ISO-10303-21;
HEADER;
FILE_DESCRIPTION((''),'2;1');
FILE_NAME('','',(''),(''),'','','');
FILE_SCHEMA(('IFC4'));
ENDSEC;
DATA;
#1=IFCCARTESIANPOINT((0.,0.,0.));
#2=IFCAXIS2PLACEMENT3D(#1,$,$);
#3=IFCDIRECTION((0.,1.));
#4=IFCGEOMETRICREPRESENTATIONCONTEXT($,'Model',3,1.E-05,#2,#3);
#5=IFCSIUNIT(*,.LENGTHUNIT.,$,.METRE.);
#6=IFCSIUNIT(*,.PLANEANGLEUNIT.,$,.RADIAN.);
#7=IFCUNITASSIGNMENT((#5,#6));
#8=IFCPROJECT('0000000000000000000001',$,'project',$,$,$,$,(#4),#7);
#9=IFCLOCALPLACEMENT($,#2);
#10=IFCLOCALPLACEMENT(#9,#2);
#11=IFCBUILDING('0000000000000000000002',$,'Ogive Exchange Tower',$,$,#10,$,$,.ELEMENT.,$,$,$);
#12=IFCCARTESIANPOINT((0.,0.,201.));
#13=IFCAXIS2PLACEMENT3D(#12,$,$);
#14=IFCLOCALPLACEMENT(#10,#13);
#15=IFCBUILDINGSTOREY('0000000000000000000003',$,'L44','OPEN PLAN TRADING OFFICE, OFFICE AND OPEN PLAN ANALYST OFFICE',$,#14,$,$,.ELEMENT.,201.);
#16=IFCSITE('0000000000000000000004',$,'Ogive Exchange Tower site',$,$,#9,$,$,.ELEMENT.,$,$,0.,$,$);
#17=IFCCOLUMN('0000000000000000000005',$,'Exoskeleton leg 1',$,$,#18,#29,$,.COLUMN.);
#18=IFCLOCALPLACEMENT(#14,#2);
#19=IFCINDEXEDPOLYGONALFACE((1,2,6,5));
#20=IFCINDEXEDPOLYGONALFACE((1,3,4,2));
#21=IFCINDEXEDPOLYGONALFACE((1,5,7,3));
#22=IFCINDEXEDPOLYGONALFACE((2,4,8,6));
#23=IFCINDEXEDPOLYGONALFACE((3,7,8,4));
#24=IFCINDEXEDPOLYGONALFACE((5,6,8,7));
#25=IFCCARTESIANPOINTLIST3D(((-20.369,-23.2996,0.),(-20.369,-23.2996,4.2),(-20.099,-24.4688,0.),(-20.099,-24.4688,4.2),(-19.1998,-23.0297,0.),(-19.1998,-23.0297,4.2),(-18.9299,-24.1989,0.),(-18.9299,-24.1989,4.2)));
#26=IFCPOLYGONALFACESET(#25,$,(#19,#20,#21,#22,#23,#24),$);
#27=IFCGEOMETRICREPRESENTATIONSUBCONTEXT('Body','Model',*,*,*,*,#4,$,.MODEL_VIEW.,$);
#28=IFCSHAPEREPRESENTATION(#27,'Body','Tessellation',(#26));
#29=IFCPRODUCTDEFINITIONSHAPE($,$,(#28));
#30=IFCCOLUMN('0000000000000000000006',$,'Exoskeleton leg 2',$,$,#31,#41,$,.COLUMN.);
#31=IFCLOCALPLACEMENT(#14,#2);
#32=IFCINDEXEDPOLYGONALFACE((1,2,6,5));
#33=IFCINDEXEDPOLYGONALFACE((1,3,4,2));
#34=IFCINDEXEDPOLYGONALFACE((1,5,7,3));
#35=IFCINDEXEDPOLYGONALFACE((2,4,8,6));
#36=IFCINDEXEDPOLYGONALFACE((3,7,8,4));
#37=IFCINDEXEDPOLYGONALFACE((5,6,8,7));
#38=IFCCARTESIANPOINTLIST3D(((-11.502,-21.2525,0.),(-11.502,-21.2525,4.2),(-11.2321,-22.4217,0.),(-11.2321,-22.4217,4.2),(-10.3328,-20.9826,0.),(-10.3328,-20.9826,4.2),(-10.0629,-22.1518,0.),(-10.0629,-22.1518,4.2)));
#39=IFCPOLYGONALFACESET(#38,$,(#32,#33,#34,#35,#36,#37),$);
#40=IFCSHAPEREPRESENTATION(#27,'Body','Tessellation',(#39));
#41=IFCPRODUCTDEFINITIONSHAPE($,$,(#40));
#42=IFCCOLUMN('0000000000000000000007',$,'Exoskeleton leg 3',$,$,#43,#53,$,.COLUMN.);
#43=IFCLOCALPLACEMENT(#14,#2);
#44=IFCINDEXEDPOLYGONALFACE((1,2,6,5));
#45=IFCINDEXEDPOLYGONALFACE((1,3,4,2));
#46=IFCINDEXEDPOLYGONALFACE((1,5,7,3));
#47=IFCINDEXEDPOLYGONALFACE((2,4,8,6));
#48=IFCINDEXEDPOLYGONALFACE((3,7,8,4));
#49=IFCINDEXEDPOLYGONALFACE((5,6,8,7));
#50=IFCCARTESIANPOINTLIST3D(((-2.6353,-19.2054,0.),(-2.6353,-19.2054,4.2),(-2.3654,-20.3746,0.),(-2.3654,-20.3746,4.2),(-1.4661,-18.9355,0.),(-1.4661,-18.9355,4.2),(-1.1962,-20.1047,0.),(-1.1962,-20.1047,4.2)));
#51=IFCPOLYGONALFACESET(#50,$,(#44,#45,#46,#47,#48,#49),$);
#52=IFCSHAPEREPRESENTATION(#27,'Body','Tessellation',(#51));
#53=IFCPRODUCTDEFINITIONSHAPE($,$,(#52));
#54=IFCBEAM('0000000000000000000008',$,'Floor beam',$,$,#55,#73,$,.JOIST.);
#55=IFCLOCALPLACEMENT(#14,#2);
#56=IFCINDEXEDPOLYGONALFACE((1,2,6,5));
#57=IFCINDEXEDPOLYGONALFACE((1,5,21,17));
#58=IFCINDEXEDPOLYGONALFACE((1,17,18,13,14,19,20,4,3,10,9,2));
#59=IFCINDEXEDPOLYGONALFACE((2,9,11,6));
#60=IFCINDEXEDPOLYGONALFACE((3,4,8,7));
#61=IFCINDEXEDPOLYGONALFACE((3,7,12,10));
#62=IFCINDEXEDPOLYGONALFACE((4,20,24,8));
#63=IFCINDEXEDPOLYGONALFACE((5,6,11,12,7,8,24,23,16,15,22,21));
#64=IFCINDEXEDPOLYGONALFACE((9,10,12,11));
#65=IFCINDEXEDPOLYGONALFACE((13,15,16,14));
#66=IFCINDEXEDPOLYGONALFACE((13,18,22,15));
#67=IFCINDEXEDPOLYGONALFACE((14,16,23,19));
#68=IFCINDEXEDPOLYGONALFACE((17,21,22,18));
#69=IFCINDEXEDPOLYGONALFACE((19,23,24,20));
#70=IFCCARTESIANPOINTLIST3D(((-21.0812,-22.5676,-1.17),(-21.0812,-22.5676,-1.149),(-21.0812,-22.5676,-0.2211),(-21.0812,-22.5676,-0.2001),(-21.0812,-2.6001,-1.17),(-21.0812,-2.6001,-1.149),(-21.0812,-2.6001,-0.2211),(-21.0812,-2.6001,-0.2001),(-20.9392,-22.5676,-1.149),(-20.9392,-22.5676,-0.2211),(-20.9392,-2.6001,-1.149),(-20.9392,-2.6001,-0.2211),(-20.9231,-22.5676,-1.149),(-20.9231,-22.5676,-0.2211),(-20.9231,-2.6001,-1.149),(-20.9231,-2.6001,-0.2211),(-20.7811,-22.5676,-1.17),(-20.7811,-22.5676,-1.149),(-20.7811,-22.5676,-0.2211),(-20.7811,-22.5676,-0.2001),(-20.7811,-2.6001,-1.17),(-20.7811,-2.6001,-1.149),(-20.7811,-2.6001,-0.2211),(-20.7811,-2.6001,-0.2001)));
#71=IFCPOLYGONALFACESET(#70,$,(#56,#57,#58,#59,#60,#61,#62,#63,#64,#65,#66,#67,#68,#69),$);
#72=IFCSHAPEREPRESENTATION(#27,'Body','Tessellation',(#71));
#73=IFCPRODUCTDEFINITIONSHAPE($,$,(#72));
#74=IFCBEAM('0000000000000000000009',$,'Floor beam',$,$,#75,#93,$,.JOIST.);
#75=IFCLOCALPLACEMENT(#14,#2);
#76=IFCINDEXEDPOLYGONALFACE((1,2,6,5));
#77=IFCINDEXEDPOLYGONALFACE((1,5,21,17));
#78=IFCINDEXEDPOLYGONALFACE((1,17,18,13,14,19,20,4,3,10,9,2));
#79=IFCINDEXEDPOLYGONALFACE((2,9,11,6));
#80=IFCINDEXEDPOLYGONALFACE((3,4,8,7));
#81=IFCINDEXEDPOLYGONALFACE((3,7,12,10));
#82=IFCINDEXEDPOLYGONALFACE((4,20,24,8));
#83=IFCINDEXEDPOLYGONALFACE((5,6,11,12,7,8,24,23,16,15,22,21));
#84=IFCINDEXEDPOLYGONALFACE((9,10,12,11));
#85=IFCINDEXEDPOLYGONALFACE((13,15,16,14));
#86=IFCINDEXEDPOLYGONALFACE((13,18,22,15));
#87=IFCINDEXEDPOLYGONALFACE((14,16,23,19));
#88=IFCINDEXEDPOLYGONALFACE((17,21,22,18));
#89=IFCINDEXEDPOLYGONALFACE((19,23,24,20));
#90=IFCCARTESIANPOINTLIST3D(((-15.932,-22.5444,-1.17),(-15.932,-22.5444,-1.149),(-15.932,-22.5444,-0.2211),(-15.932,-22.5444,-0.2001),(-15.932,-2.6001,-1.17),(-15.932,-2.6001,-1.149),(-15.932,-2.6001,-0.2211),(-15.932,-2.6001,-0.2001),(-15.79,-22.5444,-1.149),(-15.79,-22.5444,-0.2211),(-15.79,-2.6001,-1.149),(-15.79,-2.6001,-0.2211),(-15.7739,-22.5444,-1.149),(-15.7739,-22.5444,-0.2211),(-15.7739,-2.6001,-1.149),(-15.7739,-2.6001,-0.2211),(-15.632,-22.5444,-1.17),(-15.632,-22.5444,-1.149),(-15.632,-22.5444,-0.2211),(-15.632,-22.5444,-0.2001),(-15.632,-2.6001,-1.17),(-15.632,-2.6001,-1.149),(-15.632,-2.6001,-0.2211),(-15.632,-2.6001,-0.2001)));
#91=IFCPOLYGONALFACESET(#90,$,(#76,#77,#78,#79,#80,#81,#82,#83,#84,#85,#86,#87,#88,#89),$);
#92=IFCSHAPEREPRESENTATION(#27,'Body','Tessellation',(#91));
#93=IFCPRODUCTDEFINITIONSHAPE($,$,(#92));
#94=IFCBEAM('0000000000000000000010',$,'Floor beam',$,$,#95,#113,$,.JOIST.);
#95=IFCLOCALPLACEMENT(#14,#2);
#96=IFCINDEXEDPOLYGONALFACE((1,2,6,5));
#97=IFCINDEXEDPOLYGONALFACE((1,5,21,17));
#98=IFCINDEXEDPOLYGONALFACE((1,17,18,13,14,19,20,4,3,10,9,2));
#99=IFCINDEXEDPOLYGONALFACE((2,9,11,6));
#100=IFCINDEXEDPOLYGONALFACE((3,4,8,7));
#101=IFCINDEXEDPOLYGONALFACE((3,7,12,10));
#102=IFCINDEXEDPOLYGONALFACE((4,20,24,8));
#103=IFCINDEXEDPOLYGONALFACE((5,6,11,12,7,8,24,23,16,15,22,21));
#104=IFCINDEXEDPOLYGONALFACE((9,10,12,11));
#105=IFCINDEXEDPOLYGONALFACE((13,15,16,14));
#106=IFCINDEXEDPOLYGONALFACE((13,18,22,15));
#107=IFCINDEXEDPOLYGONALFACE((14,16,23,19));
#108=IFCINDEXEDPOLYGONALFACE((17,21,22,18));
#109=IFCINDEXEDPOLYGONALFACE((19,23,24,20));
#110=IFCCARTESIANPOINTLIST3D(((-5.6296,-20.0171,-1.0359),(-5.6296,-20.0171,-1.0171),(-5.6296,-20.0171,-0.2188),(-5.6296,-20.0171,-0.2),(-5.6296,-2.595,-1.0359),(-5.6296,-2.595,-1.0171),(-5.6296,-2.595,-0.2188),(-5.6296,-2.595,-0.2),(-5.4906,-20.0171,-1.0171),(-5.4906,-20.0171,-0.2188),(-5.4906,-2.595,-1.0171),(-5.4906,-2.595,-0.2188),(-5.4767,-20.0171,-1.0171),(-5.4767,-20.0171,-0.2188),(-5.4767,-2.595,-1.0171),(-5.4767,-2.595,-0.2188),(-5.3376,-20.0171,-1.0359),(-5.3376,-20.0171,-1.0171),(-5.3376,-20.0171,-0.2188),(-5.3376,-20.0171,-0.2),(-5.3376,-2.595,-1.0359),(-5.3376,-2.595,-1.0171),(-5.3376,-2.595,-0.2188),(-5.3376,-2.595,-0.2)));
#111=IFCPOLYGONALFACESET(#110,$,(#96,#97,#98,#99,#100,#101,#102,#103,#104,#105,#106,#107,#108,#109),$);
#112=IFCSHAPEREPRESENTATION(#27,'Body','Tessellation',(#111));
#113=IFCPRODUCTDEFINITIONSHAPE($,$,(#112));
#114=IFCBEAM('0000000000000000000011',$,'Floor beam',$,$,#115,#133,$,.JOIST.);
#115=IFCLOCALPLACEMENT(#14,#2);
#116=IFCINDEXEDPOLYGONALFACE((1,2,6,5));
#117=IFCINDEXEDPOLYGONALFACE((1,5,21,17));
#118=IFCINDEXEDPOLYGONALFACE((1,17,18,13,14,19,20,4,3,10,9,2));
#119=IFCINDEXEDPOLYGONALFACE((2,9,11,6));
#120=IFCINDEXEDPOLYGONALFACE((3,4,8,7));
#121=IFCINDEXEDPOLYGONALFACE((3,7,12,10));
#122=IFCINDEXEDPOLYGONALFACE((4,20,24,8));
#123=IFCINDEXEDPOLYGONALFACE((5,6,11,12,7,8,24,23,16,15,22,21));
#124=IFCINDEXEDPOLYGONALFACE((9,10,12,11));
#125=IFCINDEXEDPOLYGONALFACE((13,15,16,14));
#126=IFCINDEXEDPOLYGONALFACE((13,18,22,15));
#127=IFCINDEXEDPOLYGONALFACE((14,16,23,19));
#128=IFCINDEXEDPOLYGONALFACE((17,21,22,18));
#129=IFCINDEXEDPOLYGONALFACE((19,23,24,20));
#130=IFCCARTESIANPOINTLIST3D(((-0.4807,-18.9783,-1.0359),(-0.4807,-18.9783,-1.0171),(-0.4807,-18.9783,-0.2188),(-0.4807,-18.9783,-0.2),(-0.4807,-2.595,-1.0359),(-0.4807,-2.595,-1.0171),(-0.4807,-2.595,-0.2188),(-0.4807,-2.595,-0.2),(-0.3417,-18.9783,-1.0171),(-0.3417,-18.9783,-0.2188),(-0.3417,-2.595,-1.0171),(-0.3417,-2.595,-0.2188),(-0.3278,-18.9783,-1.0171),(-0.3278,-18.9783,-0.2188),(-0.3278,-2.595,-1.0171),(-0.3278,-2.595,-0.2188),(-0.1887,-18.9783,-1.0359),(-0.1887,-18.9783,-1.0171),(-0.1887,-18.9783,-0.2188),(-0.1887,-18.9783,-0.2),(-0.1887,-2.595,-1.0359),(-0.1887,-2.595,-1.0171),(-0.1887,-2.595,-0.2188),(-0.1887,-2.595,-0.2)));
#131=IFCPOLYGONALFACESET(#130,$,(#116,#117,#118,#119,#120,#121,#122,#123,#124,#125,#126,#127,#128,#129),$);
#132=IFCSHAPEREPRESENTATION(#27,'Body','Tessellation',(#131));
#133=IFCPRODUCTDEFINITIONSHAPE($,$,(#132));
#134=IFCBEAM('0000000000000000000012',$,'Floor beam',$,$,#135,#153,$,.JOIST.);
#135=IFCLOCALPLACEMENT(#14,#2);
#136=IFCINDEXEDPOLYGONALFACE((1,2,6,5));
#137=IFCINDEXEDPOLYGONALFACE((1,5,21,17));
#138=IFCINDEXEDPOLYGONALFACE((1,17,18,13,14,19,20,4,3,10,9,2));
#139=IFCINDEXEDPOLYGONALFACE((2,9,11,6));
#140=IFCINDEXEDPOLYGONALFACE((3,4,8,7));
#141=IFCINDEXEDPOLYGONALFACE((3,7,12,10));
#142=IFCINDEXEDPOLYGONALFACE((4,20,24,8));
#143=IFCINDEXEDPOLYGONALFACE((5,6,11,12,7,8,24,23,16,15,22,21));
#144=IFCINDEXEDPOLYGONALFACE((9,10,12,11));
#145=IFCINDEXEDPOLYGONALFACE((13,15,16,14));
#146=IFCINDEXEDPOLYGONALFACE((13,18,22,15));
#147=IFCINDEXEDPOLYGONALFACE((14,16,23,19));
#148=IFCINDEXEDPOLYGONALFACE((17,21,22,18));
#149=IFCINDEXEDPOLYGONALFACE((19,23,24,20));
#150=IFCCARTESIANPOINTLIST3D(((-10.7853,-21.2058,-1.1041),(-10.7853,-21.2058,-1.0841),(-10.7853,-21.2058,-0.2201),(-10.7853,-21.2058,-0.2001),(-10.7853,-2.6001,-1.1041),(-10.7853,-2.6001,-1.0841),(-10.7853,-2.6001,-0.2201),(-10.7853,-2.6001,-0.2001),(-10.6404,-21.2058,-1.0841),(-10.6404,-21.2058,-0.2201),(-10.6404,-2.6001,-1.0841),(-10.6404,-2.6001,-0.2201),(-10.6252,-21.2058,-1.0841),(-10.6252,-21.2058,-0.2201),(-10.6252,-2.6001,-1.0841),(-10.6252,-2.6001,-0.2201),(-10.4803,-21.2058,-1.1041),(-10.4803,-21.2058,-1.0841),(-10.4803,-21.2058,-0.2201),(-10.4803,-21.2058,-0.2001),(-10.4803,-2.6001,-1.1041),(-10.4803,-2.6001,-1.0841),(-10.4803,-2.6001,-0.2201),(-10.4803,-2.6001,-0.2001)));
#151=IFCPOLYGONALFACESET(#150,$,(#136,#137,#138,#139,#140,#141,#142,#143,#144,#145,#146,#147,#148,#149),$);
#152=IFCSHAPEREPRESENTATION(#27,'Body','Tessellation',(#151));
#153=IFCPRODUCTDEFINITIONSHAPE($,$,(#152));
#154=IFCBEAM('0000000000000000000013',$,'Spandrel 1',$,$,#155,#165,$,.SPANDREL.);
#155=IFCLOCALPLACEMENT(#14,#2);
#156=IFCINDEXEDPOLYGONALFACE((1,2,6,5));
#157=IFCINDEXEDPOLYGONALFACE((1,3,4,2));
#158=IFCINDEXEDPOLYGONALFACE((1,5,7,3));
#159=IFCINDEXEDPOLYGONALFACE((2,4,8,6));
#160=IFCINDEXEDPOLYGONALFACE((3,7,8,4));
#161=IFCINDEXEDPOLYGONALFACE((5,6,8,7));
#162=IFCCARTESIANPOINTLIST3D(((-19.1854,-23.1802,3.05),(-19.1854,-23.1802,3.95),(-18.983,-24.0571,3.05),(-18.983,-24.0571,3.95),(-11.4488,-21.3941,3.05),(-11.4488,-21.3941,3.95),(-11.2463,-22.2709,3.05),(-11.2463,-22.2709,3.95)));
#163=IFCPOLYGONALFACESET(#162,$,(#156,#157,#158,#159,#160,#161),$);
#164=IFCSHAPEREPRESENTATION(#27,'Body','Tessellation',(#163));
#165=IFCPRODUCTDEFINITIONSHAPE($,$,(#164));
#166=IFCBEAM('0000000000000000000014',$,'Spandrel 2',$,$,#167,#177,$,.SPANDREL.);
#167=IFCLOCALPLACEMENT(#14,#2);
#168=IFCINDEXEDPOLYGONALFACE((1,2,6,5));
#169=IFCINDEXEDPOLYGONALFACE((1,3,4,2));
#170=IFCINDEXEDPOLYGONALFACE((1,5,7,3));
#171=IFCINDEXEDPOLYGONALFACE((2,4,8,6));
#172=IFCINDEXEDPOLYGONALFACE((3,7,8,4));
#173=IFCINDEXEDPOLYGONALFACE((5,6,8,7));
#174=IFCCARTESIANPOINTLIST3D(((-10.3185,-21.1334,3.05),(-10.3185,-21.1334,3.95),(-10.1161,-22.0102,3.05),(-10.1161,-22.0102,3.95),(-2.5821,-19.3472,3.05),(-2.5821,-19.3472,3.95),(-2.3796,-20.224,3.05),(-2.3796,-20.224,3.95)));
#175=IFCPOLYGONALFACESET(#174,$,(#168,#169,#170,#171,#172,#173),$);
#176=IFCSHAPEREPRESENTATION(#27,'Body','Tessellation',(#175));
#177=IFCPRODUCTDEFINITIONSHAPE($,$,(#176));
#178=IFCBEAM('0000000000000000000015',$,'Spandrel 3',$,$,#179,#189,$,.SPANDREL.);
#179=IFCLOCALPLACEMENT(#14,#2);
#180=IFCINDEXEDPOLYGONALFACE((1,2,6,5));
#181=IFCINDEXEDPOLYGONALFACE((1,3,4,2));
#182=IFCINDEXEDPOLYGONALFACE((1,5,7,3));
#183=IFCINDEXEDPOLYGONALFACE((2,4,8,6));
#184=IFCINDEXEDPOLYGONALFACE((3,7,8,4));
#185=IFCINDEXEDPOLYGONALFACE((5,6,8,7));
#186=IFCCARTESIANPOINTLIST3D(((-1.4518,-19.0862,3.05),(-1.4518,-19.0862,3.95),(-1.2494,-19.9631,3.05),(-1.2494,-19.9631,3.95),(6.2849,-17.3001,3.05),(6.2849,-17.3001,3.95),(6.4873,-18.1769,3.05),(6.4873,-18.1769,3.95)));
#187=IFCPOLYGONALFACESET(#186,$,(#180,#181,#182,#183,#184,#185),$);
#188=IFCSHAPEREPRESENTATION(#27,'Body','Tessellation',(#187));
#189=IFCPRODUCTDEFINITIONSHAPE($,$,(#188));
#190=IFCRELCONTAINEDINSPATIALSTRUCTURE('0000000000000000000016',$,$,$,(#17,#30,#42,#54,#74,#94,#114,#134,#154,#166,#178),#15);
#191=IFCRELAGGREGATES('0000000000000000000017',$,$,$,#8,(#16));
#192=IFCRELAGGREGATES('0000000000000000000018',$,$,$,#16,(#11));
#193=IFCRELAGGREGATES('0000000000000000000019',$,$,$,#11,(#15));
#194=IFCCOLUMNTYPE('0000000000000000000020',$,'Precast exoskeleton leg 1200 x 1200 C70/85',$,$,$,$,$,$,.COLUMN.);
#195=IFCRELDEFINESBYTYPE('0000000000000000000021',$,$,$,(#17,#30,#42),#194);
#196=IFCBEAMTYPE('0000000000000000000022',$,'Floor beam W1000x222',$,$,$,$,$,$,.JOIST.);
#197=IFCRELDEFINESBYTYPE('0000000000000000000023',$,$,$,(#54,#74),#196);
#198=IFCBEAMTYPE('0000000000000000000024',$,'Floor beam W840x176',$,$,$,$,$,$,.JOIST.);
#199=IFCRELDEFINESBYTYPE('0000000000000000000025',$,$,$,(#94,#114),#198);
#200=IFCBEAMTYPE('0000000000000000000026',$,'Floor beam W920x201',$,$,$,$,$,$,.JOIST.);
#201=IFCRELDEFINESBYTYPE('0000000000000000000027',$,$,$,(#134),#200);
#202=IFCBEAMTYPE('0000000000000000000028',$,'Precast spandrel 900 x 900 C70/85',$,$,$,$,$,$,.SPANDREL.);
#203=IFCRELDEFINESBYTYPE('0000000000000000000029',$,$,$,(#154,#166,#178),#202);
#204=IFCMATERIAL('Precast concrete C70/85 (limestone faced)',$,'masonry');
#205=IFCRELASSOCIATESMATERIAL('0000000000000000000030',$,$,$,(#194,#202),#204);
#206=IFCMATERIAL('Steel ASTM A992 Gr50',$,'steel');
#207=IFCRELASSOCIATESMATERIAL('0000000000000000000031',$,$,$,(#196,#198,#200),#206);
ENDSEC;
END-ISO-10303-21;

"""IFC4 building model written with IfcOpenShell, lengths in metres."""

from ifc_helpers import new_model, si_unit, direction, frame, origin, origin_2d, place, context, subcontext, project, spatial, rectangle, i_section, extrude, material, material_profile, profile_set, type_object, element, save


model = new_model("IFC4")

# Units and contexts
model_context = context("Model", 3, precision=1e-05, world=origin(), true_north=direction((0.0, 1.0)))
body_context = subcontext(model_context, "Body", "Model", "MODEL_VIEW")
ifc_project = project(units=[si_unit("LENGTHUNIT", "METRE"), si_unit("PLANEANGLEUNIT", "RADIAN")], contexts=[model_context])

# Site, building, storey
site_placement = place(None, origin())
site = spatial("IfcSite", under=ifc_project, at=site_placement, Name="Ogive Exchange Tower site", CompositionType="ELEMENT", RefElevation=0.0)
building_placement = place(site_placement, origin())
building = spatial("IfcBuilding", under=site, at=building_placement, Name="Ogive Exchange Tower", CompositionType="ELEMENT")
storey_placement = place(building_placement, frame((0.0, 0.0, 201.0)))
storey = spatial("IfcBuildingStorey", under=building, at=storey_placement, Name="L44", Description="OPEN PLAN TRADING OFFICE, OFFICE AND OPEN PLAN ANALYST OFFICE", CompositionType="ELEMENT", Elevation=201.0)

# Columns
ifc_material_1 = material(Name="Precast concrete C70/85 (limestone faced)", Category="masonry")
ifc_material_profile_1 = material_profile(ifc_material_1, rectangle(XDim=1.2, YDim=1.2, at=origin_2d()), Name="1200 x 1200")
ifc_profile_set_1 = profile_set([ifc_material_profile_1], Name="Precast concrete C70/85 (limestone faced)")
column_type = type_object("IfcColumnType", Name="Precast exoskeleton leg 1200 x 1200 C70/85", PredefinedType="COLUMN", material=ifc_profile_set_1)
for number, where, z_axis, x_axis, name in (
    (1, (-19.6494, -23.7493, 0.0), (0.0, 0.0, 1.0), (0.97437, 0.224951, 0.0), "Exoskeleton leg 1"),
    (2, (-10.7825, -21.7021, 0.0), (0.0, 0.0, 1.0), (0.97437, 0.224951, 0.0), "Exoskeleton leg 2"),
    (3, (-1.9158, -19.655, 0.0), (0.0, 0.0, 1.0), (0.97437, 0.224951, 0.0), "Exoskeleton leg 3"),
):
    element("IfcColumn", number, at=place(storey_placement, frame(where, z_axis=z_axis, x_axis=x_axis)), inside=storey, type_object=column_type, Name=name, PredefinedType="COLUMN", context=body_context, shape_type="SweptSolid", body=[
        extrude(rectangle(XDim=1.2, YDim=1.2, at=origin_2d()), origin(), (0.0, 0.0, 1.0), 4.2),
    ])

# Beams
ifc_material_2 = material(Name="Steel ASTM A992 Gr50", Category="steel")
ifc_material_profile_2 = material_profile(ifc_material_2, i_section(OverallWidth=0.3, OverallDepth=0.97, WebThickness=0.0161, FlangeThickness=0.021, at=origin_2d()), Name="W1000x222")
ifc_profile_set_2 = profile_set([ifc_material_profile_2], Name="Steel ASTM A992 Gr50")
beam_type_1 = type_object("IfcBeamType", Name="Floor beam W1000x222", PredefinedType="JOIST", material=ifc_profile_set_2)
beam_1_placement = place(storey_placement, frame((-20.9312, -22.5676, -0.6851), z_axis=(0.0, 1.0, 0.0), x_axis=(-1.0, 0.0, 0.0)))
element("IfcBeam", 4, at=beam_1_placement, inside=storey, type_object=beam_type_1, Name="Floor beam", PredefinedType="JOIST", context=body_context, shape_type="SweptSolid", body=[
    extrude(i_section(OverallWidth=0.3, OverallDepth=0.97, WebThickness=0.0161, FlangeThickness=0.021, at=origin_2d()), origin(), (0.0, 0.0, 1.0), 19.9675),
])
beam_2_placement = place(storey_placement, frame((-15.782, -22.5444, -0.6851), z_axis=(0.0, 1.0, 0.0), x_axis=(-1.0, 0.0, 0.0)))
element("IfcBeam", 5, at=beam_2_placement, inside=storey, type_object=beam_type_1, Name="Floor beam", PredefinedType="JOIST", context=body_context, shape_type="SweptSolid", body=[
    extrude(i_section(OverallWidth=0.3, OverallDepth=0.97, WebThickness=0.0161, FlangeThickness=0.021, at=origin_2d()), origin(), (0.0, 0.0, 1.0), 19.9443),
])
ifc_material_profile_3 = material_profile(ifc_material_2, i_section(OverallWidth=0.292, OverallDepth=0.8359, WebThickness=0.0139, FlangeThickness=0.0188, at=origin_2d()), Name="W840x176")
ifc_profile_set_3 = profile_set([ifc_material_profile_3], Name="Steel ASTM A992 Gr50")
beam_type_2 = type_object("IfcBeamType", Name="Floor beam W840x176", PredefinedType="JOIST", material=ifc_profile_set_3)
beam_3_placement = place(storey_placement, frame((-5.4836, -20.0171, -0.6179), z_axis=(0.0, 1.0, 0.0), x_axis=(-1.0, 0.0, 0.0)))
element("IfcBeam", 6, at=beam_3_placement, inside=storey, type_object=beam_type_2, Name="Floor beam", PredefinedType="JOIST", context=body_context, shape_type="SweptSolid", body=[
    extrude(i_section(OverallWidth=0.292, OverallDepth=0.8359, WebThickness=0.0139, FlangeThickness=0.0188, at=origin_2d()), origin(), (0.0, 0.0, 1.0), 17.4221),
])
beam_4_placement = place(storey_placement, frame((-0.3347, -18.9783, -0.6179), z_axis=(0.0, 1.0, 0.0), x_axis=(-1.0, 0.0, 0.0)))
element("IfcBeam", 7, at=beam_4_placement, inside=storey, type_object=beam_type_2, Name="Floor beam", PredefinedType="JOIST", context=body_context, shape_type="SweptSolid", body=[
    extrude(i_section(OverallWidth=0.292, OverallDepth=0.8359, WebThickness=0.0139, FlangeThickness=0.0188, at=origin_2d()), origin(), (0.0, 0.0, 1.0), 16.3833),
])
ifc_material_profile_4 = material_profile(ifc_material_2, i_section(OverallWidth=0.3049, OverallDepth=0.9041, WebThickness=0.0151, FlangeThickness=0.02, at=origin_2d()), Name="W920x201")
ifc_profile_set_4 = profile_set([ifc_material_profile_4], Name="Steel ASTM A992 Gr50")
beam_type_3 = type_object("IfcBeamType", Name="Floor beam W920x201", PredefinedType="JOIST", material=ifc_profile_set_4)
beam_5_placement = place(storey_placement, frame((-10.6328, -21.2058, -0.6521), z_axis=(0.0, 1.0, 0.0), x_axis=(-1.0, 0.0, 0.0)))
element("IfcBeam", 8, at=beam_5_placement, inside=storey, type_object=beam_type_3, Name="Floor beam", PredefinedType="JOIST", context=body_context, shape_type="SweptSolid", body=[
    extrude(i_section(OverallWidth=0.3049, OverallDepth=0.9041, WebThickness=0.0151, FlangeThickness=0.02, at=origin_2d()), origin(), (0.0, 0.0, 1.0), 18.6057),
])
ifc_material_profile_5 = material_profile(ifc_material_1, rectangle(XDim=0.8999, YDim=0.8999, at=origin_2d()), Name="900 x 900")
ifc_profile_set_5 = profile_set([ifc_material_profile_5], Name="Precast concrete C70/85 (limestone faced)")
beam_type_4 = type_object("IfcBeamType", Name="Precast spandrel 900 x 900 C70/85", PredefinedType="SPANDREL", material=ifc_profile_set_5)
beam_6_placement = place(storey_placement, frame((-19.0842, -23.6187, 3.5), z_axis=(0.97437, 0.224952, 0.0), x_axis=(-0.224952, 0.97437, 0.0)))
element("IfcBeam", 9, at=beam_6_placement, inside=storey, type_object=beam_type_4, Name="Spandrel 1", PredefinedType="SPANDREL", context=body_context, shape_type="SweptSolid", body=[
    extrude(rectangle(XDim=0.8999, YDim=0.8999, at=origin_2d()), origin(), (0.0, 0.0, 1.0), 7.9402),
])
beam_7_placement = place(storey_placement, frame((-10.2173, -21.5718, 3.5), z_axis=(0.974368, 0.224958, 0.0), x_axis=(-0.224958, 0.974368, 0.0)))
element("IfcBeam", 10, at=beam_7_placement, inside=storey, type_object=beam_type_4, Name="Spandrel 2", PredefinedType="SPANDREL", context=body_context, shape_type="SweptSolid", body=[
    extrude(rectangle(XDim=0.8999, YDim=0.8999, at=origin_2d()), origin(), (0.0, 0.0, 1.0), 7.9399),
])
beam_8_placement = place(storey_placement, frame((-1.3506, -19.5247, 3.5), z_axis=(0.97437, 0.224952, 0.0), x_axis=(-0.224952, 0.97437, 0.0)))
element("IfcBeam", 11, at=beam_8_placement, inside=storey, type_object=beam_type_4, Name="Spandrel 3", PredefinedType="SPANDREL", context=body_context, shape_type="SweptSolid", body=[
    extrude(rectangle(XDim=0.8999, YDim=0.8999, at=origin_2d()), origin(), (0.0, 0.0, 1.0), 7.9402),
])

save(model, "model.ifc")
